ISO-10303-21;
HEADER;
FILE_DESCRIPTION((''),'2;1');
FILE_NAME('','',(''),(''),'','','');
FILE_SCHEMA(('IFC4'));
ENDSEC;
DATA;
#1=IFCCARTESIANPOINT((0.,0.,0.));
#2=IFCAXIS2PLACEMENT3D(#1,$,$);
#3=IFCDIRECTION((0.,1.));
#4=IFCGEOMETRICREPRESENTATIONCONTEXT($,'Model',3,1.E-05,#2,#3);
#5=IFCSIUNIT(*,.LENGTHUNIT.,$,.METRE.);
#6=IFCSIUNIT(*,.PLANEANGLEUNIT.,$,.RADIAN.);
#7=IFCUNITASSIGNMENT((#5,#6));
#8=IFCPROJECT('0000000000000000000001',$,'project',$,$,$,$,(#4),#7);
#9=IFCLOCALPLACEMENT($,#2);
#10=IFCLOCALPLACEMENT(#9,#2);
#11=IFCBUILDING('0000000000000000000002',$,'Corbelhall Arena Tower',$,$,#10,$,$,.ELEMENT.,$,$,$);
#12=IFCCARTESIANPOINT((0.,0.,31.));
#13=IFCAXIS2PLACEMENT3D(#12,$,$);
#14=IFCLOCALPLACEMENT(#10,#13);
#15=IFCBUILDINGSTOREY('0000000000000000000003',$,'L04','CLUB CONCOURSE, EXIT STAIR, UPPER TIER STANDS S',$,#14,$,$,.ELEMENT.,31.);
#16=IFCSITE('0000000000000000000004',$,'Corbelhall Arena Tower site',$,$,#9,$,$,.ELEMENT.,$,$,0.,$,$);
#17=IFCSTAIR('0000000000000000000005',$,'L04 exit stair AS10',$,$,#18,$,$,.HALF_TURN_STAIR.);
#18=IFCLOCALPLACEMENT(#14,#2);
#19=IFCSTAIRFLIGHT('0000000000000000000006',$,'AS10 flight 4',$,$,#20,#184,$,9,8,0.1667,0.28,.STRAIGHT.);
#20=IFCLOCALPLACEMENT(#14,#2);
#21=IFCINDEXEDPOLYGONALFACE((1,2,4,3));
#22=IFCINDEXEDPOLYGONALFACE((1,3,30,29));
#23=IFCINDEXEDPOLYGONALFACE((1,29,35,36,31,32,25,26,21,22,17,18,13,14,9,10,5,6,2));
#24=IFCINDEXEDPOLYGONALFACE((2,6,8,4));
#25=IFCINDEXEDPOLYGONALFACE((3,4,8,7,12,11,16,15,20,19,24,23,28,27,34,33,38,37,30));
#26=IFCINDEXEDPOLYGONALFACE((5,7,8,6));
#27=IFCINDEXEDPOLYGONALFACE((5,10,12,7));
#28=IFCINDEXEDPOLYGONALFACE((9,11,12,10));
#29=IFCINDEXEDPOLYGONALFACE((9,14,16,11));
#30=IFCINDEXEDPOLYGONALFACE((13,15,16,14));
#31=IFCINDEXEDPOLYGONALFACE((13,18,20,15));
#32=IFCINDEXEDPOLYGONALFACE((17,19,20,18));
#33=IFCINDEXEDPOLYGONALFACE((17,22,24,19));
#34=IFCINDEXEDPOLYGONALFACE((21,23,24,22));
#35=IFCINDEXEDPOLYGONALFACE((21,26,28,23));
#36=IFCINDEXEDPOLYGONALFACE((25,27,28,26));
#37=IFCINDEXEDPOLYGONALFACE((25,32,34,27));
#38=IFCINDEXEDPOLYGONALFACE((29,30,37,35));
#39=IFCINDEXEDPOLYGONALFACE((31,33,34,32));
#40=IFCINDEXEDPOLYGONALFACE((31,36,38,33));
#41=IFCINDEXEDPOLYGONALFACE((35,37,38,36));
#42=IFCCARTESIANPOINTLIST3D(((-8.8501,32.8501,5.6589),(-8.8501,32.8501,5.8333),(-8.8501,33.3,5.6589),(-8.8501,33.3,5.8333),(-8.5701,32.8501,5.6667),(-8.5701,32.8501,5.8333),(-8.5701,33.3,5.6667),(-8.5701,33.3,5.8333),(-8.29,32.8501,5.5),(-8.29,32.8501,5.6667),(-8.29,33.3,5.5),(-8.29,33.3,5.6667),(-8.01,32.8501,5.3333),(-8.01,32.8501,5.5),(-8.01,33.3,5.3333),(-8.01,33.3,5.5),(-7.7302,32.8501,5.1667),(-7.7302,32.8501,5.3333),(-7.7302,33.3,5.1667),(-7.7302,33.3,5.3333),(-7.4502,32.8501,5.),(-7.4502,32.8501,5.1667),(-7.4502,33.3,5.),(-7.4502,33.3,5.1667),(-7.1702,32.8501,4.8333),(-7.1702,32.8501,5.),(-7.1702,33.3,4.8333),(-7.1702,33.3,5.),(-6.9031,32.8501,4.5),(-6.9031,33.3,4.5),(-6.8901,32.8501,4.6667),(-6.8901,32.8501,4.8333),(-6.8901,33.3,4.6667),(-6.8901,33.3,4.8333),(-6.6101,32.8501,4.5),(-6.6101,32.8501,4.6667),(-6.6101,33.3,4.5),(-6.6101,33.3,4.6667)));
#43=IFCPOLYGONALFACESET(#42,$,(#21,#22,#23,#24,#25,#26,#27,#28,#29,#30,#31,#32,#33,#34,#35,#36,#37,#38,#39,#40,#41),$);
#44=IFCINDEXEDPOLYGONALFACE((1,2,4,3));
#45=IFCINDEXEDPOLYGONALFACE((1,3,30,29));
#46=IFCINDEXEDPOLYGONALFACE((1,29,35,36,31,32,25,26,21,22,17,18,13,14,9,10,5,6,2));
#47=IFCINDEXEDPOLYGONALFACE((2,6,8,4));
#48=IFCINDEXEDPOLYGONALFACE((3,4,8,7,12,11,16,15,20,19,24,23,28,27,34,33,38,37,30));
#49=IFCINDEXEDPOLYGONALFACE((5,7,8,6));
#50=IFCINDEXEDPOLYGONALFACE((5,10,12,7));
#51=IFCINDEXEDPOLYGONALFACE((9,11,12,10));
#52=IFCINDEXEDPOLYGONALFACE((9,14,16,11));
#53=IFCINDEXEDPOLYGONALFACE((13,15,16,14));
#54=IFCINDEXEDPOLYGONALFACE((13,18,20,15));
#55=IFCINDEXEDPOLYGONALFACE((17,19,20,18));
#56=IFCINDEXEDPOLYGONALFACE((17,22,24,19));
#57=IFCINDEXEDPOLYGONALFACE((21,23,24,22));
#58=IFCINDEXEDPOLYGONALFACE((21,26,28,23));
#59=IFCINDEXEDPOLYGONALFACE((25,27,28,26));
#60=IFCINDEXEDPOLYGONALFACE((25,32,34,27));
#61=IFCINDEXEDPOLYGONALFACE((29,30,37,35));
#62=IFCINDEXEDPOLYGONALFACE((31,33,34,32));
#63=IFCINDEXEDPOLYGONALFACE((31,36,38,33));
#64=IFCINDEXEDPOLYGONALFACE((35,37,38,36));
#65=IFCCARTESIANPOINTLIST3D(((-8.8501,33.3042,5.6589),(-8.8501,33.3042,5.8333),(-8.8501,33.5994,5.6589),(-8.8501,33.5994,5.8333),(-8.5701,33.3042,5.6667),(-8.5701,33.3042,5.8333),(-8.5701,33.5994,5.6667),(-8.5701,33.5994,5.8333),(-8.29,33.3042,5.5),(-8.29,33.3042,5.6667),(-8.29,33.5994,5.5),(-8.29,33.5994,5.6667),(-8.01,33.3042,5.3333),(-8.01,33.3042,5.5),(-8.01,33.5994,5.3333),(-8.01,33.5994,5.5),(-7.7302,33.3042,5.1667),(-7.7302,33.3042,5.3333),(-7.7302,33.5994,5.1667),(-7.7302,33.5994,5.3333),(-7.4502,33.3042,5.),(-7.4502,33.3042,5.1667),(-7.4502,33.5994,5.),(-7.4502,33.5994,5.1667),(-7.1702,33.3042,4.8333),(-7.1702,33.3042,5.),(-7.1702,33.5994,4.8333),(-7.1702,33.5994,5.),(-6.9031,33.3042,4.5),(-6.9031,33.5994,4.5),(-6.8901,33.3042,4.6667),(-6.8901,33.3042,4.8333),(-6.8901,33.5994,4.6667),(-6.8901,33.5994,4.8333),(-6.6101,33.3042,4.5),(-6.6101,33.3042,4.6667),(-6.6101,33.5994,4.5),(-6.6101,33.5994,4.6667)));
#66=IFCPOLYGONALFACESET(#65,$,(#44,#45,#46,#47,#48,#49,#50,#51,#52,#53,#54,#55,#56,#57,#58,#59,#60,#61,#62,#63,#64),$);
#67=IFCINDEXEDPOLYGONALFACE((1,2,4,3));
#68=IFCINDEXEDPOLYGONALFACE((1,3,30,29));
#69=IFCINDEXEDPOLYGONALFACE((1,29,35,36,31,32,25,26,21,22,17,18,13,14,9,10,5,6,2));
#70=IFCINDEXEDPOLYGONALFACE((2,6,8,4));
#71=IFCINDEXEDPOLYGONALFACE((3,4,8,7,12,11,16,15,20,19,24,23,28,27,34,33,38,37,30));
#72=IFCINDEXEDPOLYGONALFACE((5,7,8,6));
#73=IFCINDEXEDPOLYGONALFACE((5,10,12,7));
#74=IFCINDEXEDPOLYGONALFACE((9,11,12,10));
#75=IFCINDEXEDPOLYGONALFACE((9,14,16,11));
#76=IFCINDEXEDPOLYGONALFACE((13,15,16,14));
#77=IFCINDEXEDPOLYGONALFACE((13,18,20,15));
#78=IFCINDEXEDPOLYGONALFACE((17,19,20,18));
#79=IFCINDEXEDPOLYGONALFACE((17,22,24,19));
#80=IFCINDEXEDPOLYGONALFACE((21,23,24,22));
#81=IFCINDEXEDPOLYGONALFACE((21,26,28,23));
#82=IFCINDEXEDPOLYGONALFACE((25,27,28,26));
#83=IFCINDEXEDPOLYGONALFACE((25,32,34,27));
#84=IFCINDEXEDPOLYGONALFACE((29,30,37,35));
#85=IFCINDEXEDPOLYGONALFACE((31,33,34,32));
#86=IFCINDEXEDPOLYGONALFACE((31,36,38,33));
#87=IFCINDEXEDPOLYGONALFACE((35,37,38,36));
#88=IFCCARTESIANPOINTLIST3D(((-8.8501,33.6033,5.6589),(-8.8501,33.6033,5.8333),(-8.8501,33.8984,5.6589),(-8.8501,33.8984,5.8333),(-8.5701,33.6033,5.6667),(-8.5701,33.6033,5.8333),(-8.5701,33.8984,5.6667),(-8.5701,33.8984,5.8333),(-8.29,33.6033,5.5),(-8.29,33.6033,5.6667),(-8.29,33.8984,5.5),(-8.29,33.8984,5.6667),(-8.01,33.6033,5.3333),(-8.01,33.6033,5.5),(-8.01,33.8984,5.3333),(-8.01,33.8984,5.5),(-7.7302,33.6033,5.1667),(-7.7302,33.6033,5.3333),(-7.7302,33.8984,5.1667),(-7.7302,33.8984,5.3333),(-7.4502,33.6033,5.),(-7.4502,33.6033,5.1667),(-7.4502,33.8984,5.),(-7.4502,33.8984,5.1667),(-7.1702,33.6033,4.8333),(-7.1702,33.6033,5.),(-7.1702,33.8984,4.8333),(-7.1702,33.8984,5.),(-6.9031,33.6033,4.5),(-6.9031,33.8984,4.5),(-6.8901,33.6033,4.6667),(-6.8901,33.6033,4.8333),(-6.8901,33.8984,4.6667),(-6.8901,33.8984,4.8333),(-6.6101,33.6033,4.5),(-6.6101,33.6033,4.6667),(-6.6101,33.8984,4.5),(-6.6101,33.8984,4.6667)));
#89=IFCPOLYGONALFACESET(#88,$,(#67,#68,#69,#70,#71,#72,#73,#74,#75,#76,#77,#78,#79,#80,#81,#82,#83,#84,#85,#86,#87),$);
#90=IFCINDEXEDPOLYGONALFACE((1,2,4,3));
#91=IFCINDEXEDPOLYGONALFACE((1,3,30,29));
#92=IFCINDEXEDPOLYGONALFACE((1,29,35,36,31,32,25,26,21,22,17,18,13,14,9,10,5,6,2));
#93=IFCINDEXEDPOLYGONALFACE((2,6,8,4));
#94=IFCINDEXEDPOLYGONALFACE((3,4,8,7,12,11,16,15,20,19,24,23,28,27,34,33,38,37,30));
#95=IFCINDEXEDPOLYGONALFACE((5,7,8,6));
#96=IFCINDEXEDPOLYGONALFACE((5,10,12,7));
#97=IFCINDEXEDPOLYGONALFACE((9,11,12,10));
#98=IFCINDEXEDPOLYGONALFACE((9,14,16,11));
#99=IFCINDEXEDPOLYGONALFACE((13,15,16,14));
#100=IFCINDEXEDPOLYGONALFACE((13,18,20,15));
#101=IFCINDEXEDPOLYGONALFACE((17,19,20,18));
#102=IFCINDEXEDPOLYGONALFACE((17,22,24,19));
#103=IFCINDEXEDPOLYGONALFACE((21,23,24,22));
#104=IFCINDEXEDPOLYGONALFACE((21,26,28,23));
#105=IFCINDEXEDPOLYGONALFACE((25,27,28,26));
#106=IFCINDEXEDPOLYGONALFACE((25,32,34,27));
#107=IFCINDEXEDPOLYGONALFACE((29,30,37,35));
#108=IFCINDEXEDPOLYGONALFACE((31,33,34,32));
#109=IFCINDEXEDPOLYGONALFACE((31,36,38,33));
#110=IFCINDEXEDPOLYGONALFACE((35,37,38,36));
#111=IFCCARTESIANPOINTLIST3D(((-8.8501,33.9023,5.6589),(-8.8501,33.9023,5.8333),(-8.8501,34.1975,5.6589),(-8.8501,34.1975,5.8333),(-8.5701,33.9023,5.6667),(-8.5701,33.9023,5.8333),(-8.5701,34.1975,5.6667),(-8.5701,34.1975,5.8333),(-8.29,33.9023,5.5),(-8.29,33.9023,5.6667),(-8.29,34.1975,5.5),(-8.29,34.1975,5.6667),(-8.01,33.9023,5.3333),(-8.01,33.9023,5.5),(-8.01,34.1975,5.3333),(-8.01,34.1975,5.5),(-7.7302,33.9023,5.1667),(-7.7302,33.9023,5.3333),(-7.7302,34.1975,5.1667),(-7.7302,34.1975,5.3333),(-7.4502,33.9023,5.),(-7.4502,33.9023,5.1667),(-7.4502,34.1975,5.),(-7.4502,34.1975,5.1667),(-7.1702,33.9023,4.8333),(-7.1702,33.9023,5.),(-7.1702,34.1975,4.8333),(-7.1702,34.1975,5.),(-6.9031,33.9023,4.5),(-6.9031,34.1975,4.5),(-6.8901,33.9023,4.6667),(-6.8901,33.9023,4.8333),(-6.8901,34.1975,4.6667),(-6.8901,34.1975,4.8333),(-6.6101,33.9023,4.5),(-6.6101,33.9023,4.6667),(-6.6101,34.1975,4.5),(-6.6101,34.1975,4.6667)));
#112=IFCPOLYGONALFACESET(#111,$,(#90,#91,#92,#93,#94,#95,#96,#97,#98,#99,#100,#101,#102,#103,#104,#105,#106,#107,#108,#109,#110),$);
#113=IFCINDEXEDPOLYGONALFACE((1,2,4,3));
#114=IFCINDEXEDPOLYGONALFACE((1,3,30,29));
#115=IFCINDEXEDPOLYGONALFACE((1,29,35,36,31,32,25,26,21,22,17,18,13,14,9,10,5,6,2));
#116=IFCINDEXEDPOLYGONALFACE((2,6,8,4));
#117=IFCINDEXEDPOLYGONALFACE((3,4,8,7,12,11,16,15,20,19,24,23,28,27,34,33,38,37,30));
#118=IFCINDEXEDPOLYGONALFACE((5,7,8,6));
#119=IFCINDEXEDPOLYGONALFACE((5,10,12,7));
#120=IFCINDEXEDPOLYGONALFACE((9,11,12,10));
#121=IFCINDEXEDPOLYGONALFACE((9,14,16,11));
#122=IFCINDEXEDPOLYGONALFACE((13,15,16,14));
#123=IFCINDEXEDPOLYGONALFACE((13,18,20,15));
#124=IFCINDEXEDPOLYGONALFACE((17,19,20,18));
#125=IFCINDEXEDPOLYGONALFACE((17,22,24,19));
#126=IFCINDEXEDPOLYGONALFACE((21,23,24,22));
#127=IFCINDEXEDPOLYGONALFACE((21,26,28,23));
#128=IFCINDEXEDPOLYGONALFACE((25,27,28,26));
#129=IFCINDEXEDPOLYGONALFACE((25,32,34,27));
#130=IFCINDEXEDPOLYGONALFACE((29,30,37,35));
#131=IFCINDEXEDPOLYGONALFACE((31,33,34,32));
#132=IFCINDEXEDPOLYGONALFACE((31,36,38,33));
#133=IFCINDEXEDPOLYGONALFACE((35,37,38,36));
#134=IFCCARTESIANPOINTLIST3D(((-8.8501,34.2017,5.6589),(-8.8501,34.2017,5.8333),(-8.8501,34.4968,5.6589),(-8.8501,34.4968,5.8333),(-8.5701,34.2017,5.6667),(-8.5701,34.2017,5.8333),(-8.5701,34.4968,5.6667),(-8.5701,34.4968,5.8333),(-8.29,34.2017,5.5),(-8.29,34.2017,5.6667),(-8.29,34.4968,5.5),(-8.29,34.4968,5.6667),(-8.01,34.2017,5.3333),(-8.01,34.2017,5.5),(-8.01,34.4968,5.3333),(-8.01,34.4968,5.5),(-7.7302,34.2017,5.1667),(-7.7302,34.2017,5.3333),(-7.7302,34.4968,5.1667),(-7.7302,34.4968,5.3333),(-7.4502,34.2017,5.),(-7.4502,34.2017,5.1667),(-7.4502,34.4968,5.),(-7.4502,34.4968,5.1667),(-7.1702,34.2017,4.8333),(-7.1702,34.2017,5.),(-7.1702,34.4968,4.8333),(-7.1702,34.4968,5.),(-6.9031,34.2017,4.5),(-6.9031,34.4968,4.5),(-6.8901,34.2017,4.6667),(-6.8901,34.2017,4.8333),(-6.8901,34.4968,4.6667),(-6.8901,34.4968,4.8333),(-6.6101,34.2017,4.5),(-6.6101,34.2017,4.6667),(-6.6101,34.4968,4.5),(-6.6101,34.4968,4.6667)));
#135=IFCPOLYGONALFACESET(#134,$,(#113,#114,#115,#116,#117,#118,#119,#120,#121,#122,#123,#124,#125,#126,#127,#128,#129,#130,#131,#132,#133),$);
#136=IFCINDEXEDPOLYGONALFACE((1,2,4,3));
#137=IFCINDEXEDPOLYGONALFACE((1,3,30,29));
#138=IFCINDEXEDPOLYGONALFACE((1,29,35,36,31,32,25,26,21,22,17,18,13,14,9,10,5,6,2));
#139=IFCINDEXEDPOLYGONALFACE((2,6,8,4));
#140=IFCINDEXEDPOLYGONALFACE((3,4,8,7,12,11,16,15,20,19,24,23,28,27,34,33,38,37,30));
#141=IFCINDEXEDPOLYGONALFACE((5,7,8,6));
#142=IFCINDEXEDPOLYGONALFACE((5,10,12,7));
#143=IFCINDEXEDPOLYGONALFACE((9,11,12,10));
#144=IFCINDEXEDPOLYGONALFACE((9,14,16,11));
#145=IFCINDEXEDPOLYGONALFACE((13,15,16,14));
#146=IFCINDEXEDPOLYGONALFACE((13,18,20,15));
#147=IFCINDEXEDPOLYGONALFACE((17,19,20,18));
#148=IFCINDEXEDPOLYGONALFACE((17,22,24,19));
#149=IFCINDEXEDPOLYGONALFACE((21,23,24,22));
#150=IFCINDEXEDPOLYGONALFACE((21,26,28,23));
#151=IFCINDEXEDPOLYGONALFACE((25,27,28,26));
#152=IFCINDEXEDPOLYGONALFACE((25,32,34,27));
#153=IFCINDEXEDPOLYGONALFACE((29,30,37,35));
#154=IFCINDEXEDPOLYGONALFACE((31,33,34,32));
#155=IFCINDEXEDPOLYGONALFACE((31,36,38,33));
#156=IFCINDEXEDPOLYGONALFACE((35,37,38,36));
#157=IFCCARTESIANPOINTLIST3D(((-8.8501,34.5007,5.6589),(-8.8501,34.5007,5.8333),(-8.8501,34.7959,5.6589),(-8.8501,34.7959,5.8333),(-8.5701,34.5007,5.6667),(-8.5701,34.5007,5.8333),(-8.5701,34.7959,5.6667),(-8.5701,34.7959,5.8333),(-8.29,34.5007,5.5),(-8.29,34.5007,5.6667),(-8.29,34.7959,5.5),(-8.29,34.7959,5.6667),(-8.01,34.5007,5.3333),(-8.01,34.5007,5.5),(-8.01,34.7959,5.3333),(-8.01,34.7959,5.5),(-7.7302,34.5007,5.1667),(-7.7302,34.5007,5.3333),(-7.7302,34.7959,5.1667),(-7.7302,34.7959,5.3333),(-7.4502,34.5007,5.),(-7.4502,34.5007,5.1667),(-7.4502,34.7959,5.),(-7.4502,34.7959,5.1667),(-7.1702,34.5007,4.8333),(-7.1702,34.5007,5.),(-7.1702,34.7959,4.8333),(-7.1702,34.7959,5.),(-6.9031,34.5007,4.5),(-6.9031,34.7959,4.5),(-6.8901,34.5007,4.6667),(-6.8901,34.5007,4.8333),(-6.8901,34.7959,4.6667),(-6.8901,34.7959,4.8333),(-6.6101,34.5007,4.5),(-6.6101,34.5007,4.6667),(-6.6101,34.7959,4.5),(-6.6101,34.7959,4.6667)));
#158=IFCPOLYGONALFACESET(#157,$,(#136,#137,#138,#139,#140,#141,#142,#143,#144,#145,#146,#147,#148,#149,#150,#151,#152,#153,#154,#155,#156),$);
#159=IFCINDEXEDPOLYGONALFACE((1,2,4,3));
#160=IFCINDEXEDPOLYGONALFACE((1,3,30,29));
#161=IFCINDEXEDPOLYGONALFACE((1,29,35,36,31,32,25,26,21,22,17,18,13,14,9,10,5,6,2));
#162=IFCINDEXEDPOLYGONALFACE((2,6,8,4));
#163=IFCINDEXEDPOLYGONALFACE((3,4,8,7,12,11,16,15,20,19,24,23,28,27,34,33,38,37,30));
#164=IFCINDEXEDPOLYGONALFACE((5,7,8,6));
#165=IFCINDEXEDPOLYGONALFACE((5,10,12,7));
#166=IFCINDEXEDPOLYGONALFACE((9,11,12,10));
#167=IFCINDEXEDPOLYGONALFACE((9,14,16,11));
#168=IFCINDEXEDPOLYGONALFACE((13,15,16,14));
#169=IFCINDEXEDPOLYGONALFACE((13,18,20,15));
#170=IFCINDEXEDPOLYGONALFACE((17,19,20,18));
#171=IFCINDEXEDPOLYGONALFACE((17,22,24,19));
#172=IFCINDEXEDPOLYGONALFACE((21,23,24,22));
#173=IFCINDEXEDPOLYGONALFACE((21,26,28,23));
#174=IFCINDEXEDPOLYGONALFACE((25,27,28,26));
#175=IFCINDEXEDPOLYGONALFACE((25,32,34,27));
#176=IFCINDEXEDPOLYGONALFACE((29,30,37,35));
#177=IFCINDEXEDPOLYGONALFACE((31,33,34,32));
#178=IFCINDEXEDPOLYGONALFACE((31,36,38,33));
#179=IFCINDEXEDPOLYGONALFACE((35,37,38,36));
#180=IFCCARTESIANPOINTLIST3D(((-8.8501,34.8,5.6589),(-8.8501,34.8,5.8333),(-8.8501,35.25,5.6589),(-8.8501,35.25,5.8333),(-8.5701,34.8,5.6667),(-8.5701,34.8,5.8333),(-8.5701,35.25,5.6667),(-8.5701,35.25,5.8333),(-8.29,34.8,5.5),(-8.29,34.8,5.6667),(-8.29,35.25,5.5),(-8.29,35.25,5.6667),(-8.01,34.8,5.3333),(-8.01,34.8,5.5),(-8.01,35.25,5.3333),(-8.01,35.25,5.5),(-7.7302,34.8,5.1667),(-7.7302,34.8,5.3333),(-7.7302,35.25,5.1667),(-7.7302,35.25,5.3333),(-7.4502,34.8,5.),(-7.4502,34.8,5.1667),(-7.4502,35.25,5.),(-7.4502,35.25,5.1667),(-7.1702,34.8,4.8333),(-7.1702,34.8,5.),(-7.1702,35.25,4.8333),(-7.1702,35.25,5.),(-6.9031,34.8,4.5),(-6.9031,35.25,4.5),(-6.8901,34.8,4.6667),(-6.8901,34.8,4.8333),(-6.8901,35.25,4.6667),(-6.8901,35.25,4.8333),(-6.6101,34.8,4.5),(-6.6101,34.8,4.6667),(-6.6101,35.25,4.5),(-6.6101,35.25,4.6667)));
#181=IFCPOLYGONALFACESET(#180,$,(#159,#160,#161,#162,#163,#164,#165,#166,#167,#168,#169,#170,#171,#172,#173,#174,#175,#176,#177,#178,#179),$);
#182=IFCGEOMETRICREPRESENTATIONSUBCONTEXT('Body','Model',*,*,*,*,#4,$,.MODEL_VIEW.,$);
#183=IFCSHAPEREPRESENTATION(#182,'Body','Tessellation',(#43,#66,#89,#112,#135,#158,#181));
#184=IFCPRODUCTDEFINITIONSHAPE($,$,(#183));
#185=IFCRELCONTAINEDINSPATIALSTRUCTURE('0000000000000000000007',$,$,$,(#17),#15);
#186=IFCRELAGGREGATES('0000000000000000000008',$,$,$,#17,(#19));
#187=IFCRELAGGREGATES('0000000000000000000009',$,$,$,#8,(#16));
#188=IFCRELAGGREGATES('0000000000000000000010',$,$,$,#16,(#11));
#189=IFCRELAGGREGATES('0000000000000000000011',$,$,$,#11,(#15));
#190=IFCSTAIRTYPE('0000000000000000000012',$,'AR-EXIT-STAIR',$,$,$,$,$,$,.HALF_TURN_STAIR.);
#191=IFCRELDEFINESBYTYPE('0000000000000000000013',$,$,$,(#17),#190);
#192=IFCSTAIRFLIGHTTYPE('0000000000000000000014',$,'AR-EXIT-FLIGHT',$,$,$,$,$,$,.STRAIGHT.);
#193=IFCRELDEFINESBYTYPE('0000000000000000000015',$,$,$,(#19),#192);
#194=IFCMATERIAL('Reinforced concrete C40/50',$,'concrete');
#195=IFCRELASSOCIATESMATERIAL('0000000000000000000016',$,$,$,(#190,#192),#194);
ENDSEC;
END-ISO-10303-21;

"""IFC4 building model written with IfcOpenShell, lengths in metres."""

from ifc_helpers import new_model, si_unit, direction, frame, origin, place, context, subcontext, project, spatial, polyline, outline, extrude, material, type_object, element, aggregate, save


model = new_model("IFC4")

# Units and contexts
model_context = context("Model", 3, precision=1e-05, world=origin(), true_north=direction((0.0, 1.0)))
body_context = subcontext(model_context, "Body", "Model", "MODEL_VIEW")
ifc_project = project(units=[si_unit("LENGTHUNIT", "METRE"), si_unit("PLANEANGLEUNIT", "RADIAN")], contexts=[model_context])

# Site, building, storey
site_placement = place(None, origin())
site = spatial("IfcSite", under=ifc_project, at=site_placement, Name="Corbelhall Arena Tower site", CompositionType="ELEMENT", RefElevation=0.0)
building_placement = place(site_placement, origin())
building = spatial("IfcBuilding", under=site, at=building_placement, Name="Corbelhall Arena Tower", CompositionType="ELEMENT")
storey_placement = place(building_placement, frame((0.0, 0.0, 31.0)))
storey = spatial("IfcBuildingStorey", under=building, at=storey_placement, Name="L04", Description="CLUB CONCOURSE, EXIT STAIR, UPPER TIER STANDS S", CompositionType="ELEMENT", Elevation=31.0)

# Shared definitions
ifc_material_1 = material(Name="Reinforced concrete C40/50", Category="concrete")

# Stair, stair flight
stair_type = type_object("IfcStairType", Name="AR-EXIT-STAIR", PredefinedType="HALF_TURN_STAIR", material=ifc_material_1)
stair_flight_type = type_object("IfcStairFlightType", Name="AR-EXIT-FLIGHT", PredefinedType="STRAIGHT", material=ifc_material_1)
stair_1_placement = place(storey_placement, origin())
stair_1 = element("IfcStair", 1, at=stair_1_placement, inside=storey, type_object=stair_type, Name="L04 exit stair AS10", PredefinedType="HALF_TURN_STAIR")
stair_flight_1_placement = place(storey_placement, frame((-6.6101, 34.05, 4.5), z_axis=(0.0, 0.0, 1.0), x_axis=(-1.0, 0.0, 0.0)))
stair_flight_1 = element("IfcStairFlight", 2, at=stair_flight_1_placement, type_object=stair_flight_type, Name="AS10 flight 4", NumberOfRisers=9, NumberOfTreads=8, PredefinedType="STRAIGHT", RiserHeight=0.1667, TreadLength=0.28, context=body_context, shape_type="SweptSolid", body=[
    extrude(outline(polyline([(0.0, 0.0), (0.0, 0.1667), (0.28, 0.1667), (0.28, 0.3333), (0.5601, 0.3333), (0.5601, 0.5), (0.8401, 0.5), (0.8401, 0.6667), (1.1201, 0.6667), (1.1201, 0.8333), (1.3999, 0.8333), (1.3999, 1.0), (1.6799, 1.0), (1.6799, 1.1667), (1.96, 1.1667), (1.96, 1.3333), (2.24, 1.3333), (2.24, 1.5), (2.24, 1.1589), (0.293, 0.0), (0.0, 0.0)])), frame((0.0, 1.2, 0.0), z_axis=(0.0, -1.0, 0.0), x_axis=(1.0, 0.0, 0.0)), (0.0, 0.0, 1.0), 0.45),
    extrude(outline(polyline([(0.0, 0.0), (0.0, 0.1667), (0.28, 0.1667), (0.28, 0.3333), (0.5601, 0.3333), (0.5601, 0.5), (0.8401, 0.5), (0.8401, 0.6667), (1.1201, 0.6667), (1.1201, 0.8333), (1.3999, 0.8333), (1.3999, 1.0), (1.6799, 1.0), (1.6799, 1.1667), (1.96, 1.1667), (1.96, 1.3333), (2.24, 1.3333), (2.24, 1.5), (2.24, 1.1589), (0.293, 0.0), (0.0, 0.0)])), frame((0.0, 0.7458, 0.0), z_axis=(0.0, -1.0, 0.0), x_axis=(1.0, 0.0, 0.0)), (0.0, 0.0, 1.0), 0.2952),
    extrude(outline(polyline([(0.0, 0.0), (0.0, 0.1667), (0.28, 0.1667), (0.28, 0.3333), (0.5601, 0.3333), (0.5601, 0.5), (0.8401, 0.5), (0.8401, 0.6667), (1.1201, 0.6667), (1.1201, 0.8333), (1.3999, 0.8333), (1.3999, 1.0), (1.6799, 1.0), (1.6799, 1.1667), (1.96, 1.1667), (1.96, 1.3333), (2.24, 1.3333), (2.24, 1.5), (2.24, 1.1589), (0.293, 0.0), (0.0, 0.0)])), frame((0.0, 0.4468, 0.0), z_axis=(0.0, -1.0, 0.0), x_axis=(1.0, 0.0, 0.0)), (0.0, 0.0, 1.0), 0.2952),
    extrude(outline(polyline([(0.0, 0.0), (0.0, 0.1667), (0.28, 0.1667), (0.28, 0.3333), (0.5601, 0.3333), (0.5601, 0.5), (0.8401, 0.5), (0.8401, 0.6667), (1.1201, 0.6667), (1.1201, 0.8333), (1.3999, 0.8333), (1.3999, 1.0), (1.6799, 1.0), (1.6799, 1.1667), (1.96, 1.1667), (1.96, 1.3333), (2.24, 1.3333), (2.24, 1.5), (2.24, 1.1589), (0.293, 0.0), (0.0, 0.0)])), frame((0.0, 0.1477, 0.0), z_axis=(0.0, -1.0, 0.0), x_axis=(1.0, 0.0, 0.0)), (0.0, 0.0, 1.0), 0.2952),
    extrude(outline(polyline([(0.0, 0.0), (0.0, 0.1667), (0.28, 0.1667), (0.28, 0.3333), (0.5601, 0.3333), (0.5601, 0.5), (0.8401, 0.5), (0.8401, 0.6667), (1.1201, 0.6667), (1.1201, 0.8333), (1.3999, 0.8333), (1.3999, 1.0), (1.6799, 1.0), (1.6799, 1.1667), (1.96, 1.1667), (1.96, 1.3333), (2.24, 1.3333), (2.24, 1.5), (2.24, 1.1589), (0.293, 0.0), (0.0, 0.0)])), frame((0.0, -0.1516, 0.0), z_axis=(0.0, -1.0, 0.0), x_axis=(1.0, 0.0, 0.0)), (0.0, 0.0, 1.0), 0.2952),
    extrude(outline(polyline([(0.0, 0.0), (0.0, 0.1667), (0.28, 0.1667), (0.28, 0.3333), (0.5601, 0.3333), (0.5601, 0.5), (0.8401, 0.5), (0.8401, 0.6667), (1.1201, 0.6667), (1.1201, 0.8333), (1.3999, 0.8333), (1.3999, 1.0), (1.6799, 1.0), (1.6799, 1.1667), (1.96, 1.1667), (1.96, 1.3333), (2.24, 1.3333), (2.24, 1.5), (2.24, 1.1589), (0.293, 0.0), (0.0, 0.0)])), frame((0.0, -0.4507, 0.0), z_axis=(0.0, -1.0, 0.0), x_axis=(1.0, 0.0, 0.0)), (0.0, 0.0, 1.0), 0.2952),
    extrude(outline(polyline([(0.0, 0.0), (0.0, 0.1667), (0.28, 0.1667), (0.28, 0.3333), (0.5601, 0.3333), (0.5601, 0.5), (0.8401, 0.5), (0.8401, 0.6667), (1.1201, 0.6667), (1.1201, 0.8333), (1.3999, 0.8333), (1.3999, 1.0), (1.6799, 1.0), (1.6799, 1.1667), (1.96, 1.1667), (1.96, 1.3333), (2.24, 1.3333), (2.24, 1.5), (2.24, 1.1589), (0.293, 0.0), (0.0, 0.0)])), frame((0.0, -0.75, 0.0), z_axis=(0.0, -1.0, 0.0), x_axis=(1.0, 0.0, 0.0)), (0.0, 0.0, 1.0), 0.45),
])
aggregate(stair_1, [stair_flight_1])

save(model, "model.ifc")
